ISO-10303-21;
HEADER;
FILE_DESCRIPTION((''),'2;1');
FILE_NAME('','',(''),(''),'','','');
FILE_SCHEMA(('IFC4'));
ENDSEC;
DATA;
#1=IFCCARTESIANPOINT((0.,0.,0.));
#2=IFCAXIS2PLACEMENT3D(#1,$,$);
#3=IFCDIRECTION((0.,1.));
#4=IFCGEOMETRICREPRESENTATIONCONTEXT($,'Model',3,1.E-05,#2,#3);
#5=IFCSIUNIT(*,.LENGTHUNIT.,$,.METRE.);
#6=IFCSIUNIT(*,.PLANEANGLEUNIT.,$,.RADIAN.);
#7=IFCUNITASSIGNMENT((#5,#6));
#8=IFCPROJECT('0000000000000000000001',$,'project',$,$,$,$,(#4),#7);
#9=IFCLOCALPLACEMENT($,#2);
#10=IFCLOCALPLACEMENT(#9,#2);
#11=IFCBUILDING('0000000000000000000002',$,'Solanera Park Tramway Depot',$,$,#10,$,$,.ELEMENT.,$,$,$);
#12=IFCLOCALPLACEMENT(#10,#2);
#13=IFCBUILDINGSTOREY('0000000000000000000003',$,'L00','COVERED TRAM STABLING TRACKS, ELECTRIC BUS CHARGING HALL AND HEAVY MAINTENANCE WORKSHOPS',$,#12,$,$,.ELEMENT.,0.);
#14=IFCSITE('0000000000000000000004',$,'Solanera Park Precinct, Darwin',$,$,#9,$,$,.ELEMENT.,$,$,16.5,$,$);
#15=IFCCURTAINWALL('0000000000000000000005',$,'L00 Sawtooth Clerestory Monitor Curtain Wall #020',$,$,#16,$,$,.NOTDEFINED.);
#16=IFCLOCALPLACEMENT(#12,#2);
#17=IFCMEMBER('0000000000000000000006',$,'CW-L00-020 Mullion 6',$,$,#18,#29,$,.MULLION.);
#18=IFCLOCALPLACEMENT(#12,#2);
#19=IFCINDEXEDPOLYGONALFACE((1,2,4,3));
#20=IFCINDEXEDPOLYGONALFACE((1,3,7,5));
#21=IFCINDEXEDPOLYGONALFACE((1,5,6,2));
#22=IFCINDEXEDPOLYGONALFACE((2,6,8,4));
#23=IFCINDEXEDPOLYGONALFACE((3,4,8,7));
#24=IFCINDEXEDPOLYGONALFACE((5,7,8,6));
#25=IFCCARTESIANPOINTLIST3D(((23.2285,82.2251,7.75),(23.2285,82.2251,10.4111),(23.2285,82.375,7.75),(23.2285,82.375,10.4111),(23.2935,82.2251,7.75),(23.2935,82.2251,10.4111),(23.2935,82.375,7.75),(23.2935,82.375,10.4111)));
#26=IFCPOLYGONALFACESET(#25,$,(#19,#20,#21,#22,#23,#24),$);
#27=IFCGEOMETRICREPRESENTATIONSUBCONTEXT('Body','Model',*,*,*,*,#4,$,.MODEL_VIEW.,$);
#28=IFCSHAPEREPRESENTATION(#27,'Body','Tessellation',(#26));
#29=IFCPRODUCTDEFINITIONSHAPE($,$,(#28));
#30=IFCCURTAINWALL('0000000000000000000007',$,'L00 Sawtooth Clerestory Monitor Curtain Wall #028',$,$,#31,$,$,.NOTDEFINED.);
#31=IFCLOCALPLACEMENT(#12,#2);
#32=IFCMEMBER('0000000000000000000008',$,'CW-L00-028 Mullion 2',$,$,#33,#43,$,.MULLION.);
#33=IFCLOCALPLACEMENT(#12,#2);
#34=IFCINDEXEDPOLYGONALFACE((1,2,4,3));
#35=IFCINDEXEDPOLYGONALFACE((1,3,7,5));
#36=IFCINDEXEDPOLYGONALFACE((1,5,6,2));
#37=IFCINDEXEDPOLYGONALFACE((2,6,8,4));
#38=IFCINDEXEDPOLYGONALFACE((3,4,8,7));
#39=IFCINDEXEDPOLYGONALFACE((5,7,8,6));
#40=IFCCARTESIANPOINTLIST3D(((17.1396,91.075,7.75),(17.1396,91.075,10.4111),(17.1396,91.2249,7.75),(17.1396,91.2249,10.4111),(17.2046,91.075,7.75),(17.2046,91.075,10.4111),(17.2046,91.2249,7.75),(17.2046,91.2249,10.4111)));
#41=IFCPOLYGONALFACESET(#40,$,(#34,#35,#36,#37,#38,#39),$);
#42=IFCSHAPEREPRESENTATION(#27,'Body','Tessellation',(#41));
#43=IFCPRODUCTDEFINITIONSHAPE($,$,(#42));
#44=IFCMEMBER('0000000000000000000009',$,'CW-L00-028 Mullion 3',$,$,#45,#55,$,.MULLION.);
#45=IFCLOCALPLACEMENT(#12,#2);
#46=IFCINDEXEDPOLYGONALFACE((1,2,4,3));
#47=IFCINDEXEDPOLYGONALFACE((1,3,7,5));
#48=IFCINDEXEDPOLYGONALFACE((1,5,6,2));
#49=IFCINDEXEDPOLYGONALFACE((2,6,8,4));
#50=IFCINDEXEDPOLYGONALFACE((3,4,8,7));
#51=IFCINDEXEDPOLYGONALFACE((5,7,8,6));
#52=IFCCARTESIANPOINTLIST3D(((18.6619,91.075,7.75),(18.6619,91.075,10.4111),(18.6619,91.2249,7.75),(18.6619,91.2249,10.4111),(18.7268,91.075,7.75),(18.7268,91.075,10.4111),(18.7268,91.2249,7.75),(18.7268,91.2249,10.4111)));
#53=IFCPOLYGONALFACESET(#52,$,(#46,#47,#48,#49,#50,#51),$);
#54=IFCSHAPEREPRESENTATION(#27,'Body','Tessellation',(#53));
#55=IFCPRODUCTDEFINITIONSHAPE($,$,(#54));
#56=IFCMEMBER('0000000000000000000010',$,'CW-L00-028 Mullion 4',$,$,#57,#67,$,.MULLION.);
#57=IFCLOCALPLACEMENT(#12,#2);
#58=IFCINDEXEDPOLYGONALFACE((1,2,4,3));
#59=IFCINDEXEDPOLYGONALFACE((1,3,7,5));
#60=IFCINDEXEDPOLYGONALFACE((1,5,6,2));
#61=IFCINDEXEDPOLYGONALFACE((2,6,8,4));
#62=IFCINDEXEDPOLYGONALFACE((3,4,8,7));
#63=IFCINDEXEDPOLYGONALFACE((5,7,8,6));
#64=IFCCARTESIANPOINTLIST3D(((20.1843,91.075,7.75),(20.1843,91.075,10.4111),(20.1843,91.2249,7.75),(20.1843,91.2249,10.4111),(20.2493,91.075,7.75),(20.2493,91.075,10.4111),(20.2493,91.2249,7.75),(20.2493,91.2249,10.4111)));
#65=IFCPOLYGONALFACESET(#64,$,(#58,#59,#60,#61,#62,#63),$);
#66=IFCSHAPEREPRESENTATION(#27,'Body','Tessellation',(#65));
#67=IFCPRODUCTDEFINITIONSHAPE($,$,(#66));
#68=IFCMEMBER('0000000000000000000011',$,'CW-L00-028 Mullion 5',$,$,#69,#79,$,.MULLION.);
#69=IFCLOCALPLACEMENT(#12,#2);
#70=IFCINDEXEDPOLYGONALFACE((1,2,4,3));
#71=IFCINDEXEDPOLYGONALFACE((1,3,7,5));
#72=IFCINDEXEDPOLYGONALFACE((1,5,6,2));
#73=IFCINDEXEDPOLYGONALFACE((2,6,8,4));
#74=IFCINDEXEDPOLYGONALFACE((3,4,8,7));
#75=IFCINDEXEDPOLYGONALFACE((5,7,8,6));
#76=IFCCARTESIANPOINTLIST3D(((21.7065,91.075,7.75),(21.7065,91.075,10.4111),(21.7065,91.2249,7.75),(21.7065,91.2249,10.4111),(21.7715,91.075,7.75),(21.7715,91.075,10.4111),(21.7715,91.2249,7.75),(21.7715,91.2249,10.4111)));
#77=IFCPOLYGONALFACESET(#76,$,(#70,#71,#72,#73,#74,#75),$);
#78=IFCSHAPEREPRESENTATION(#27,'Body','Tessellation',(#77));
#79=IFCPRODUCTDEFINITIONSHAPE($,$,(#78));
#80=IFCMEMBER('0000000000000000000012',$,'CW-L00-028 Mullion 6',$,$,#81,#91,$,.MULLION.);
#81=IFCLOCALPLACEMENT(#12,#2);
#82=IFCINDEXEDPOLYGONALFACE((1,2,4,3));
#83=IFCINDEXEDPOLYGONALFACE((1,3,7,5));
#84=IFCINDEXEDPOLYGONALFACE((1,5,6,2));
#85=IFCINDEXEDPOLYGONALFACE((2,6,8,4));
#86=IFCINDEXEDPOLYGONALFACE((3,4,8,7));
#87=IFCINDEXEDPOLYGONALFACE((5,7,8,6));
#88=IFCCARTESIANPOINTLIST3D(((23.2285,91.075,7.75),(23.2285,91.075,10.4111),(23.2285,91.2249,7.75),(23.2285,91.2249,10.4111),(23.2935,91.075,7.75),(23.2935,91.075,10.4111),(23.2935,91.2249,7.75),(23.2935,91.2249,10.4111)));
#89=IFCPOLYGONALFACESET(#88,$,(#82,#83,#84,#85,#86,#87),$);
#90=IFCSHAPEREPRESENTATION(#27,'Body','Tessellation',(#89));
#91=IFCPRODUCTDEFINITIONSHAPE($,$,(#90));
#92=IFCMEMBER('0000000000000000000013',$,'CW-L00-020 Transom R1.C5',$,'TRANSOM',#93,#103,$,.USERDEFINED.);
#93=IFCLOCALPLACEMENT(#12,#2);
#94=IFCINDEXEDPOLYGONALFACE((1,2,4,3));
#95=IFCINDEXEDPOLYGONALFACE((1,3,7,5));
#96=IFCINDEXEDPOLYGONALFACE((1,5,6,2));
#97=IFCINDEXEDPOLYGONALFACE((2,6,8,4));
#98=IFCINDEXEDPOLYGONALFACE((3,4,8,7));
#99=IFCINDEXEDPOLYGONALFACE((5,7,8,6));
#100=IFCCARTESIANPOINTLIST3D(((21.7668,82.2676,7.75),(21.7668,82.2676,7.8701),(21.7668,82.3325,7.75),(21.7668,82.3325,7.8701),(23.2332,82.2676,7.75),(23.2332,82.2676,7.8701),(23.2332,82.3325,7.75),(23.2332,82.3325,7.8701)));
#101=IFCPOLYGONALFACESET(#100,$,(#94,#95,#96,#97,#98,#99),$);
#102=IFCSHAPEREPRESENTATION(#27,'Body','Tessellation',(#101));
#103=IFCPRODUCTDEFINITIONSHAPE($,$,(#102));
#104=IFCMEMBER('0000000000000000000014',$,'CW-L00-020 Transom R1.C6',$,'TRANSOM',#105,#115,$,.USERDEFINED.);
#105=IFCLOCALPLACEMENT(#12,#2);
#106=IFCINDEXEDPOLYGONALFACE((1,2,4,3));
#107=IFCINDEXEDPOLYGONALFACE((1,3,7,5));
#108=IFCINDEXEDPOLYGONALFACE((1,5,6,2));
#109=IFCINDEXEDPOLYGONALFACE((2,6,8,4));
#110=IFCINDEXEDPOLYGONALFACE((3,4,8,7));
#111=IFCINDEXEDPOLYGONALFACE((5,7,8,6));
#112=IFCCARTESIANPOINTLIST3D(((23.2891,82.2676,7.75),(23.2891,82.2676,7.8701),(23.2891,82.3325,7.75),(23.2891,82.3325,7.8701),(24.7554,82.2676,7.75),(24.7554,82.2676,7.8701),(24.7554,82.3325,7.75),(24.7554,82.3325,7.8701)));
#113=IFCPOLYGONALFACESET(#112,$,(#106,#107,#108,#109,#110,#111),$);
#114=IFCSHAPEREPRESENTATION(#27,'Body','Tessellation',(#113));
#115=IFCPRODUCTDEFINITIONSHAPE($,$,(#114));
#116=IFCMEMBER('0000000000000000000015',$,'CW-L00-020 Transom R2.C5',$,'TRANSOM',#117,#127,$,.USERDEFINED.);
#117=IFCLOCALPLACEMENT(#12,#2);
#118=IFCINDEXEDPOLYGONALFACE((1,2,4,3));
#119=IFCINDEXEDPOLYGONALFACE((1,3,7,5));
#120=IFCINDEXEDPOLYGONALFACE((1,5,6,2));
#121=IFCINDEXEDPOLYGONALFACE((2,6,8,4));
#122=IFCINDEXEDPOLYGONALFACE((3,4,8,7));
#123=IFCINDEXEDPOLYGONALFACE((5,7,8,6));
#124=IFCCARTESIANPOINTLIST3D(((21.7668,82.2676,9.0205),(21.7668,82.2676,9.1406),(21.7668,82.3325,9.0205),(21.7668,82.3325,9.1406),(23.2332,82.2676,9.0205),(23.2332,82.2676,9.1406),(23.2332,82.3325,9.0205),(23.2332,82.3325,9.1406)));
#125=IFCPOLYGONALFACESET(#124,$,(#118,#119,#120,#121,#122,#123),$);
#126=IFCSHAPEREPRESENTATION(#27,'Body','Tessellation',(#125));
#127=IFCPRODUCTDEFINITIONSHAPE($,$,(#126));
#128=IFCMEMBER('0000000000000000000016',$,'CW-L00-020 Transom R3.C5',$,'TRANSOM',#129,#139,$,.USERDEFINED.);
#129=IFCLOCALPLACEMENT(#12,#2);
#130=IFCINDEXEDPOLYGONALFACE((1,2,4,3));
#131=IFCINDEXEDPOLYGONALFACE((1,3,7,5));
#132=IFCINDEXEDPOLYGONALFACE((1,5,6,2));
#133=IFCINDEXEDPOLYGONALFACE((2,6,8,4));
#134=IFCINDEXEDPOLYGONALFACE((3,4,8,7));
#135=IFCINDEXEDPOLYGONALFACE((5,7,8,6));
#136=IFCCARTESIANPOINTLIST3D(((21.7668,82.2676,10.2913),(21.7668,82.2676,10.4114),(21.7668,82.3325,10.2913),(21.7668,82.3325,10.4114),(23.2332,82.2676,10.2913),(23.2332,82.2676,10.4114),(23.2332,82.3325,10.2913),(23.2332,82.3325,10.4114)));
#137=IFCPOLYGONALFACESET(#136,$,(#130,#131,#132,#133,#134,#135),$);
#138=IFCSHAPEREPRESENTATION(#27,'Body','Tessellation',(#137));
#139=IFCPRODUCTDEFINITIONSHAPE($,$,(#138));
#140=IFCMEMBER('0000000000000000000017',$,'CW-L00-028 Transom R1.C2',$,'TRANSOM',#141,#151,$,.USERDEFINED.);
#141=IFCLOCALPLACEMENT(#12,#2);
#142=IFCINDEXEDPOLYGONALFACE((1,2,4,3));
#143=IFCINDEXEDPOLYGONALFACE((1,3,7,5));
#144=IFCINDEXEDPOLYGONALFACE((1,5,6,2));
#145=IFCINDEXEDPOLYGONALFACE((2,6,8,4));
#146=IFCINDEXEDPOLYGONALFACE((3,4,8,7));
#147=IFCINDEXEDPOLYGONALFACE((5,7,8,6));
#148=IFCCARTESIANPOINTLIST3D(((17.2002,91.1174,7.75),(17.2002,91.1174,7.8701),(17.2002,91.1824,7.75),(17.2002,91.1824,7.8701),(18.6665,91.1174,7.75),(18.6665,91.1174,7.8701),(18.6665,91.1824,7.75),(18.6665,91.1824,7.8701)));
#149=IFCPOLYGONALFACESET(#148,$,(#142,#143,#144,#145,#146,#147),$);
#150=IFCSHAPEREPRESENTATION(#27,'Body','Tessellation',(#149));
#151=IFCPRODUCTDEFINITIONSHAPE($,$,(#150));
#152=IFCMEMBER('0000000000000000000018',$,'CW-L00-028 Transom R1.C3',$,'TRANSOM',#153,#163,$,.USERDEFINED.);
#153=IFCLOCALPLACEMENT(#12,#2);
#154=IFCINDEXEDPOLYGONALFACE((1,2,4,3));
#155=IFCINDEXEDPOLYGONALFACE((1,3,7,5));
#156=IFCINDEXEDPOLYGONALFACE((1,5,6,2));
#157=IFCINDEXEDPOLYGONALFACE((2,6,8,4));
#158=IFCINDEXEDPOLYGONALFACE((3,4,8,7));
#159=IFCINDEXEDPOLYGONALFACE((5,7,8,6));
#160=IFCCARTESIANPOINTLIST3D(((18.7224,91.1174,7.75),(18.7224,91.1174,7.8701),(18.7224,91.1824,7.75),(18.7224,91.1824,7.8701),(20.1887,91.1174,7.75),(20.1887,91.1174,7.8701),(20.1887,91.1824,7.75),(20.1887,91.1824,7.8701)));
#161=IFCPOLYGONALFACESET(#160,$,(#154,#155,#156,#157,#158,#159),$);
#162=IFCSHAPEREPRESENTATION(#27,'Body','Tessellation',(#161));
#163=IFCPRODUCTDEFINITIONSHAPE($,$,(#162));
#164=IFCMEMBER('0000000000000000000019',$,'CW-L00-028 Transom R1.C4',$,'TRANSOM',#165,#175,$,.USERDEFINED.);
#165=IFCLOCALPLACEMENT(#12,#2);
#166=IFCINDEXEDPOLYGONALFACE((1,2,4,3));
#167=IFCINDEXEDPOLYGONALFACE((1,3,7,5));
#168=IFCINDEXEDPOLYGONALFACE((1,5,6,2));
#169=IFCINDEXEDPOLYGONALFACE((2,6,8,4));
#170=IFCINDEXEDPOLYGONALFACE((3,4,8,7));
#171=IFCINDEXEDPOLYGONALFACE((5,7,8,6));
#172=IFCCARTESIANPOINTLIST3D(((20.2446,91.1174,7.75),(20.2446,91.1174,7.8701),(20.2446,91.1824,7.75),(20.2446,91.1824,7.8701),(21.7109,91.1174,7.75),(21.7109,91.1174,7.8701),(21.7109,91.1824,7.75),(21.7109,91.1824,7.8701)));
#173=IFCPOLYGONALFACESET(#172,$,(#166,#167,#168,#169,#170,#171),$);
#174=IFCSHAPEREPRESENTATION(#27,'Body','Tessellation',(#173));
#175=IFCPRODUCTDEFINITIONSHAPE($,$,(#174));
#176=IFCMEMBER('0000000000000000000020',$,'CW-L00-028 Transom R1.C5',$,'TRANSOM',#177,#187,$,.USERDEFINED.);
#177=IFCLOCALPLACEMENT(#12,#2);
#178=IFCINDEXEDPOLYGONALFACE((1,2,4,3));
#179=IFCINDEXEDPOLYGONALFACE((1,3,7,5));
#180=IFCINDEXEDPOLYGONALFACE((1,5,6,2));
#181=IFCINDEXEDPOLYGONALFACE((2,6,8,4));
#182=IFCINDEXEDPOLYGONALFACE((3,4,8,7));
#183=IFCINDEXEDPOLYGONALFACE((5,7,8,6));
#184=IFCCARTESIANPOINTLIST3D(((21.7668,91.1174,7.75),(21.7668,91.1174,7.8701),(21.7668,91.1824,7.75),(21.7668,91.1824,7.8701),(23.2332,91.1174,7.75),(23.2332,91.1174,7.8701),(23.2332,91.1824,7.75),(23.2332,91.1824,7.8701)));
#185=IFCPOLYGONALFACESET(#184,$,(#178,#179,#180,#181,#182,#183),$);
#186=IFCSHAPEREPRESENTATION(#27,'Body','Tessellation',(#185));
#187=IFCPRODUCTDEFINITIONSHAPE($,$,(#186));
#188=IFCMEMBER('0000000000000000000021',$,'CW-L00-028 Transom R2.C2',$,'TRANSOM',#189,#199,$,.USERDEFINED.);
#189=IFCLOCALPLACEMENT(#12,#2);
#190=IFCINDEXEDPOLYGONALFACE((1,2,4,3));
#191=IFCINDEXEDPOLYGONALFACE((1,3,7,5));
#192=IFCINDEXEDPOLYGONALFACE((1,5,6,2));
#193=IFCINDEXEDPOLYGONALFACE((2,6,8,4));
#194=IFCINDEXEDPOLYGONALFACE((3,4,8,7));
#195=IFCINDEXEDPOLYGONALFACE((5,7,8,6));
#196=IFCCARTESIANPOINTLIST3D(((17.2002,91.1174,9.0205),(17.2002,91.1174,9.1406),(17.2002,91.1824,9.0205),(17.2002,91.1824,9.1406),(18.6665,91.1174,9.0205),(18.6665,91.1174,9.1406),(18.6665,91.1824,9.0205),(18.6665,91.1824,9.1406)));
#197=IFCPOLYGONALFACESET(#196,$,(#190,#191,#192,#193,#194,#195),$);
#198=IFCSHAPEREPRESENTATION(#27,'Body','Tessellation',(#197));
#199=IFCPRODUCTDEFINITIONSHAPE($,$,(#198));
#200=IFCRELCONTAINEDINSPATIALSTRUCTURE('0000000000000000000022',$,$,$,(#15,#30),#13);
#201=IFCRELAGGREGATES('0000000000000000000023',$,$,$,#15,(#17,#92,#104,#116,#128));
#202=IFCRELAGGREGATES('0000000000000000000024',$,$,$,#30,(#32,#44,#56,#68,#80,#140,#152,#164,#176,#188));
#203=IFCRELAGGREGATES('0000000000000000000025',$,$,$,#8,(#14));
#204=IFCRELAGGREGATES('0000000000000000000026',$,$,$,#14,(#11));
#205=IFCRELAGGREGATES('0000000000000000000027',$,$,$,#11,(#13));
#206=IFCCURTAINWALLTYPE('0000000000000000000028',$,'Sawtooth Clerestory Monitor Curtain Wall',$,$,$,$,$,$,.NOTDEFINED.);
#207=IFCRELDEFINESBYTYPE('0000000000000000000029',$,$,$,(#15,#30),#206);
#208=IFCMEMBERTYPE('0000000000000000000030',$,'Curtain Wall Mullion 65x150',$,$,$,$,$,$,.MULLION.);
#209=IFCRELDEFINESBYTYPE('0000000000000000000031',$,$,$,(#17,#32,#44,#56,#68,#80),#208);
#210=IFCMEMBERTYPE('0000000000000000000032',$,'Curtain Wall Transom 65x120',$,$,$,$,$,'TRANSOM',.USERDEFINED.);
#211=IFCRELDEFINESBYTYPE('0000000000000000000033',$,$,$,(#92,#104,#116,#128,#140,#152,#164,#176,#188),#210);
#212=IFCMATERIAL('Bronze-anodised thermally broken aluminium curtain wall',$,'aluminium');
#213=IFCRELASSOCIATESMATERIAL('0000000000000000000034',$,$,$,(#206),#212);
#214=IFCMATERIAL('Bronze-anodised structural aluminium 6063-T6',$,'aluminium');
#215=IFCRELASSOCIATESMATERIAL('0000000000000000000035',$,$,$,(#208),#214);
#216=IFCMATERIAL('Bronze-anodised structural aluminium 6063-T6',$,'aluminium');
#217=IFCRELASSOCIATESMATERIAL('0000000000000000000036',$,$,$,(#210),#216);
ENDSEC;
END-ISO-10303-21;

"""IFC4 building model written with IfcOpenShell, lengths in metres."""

from ifc_helpers import new_model, si_unit, direction, frame, origin, origin_2d, place, context, subcontext, project, spatial, rectangle, extrude, material, material_profile, profile_set, type_object, element, aggregate, save


model = new_model("IFC4")

# Units and contexts
model_context = context("Model", 3, precision=1e-05, world=origin(), true_north=direction((0.0, 1.0)))
body_context = subcontext(model_context, "Body", "Model", "MODEL_VIEW")
ifc_project = project(units=[si_unit("LENGTHUNIT", "METRE"), si_unit("PLANEANGLEUNIT", "RADIAN")], contexts=[model_context])

# Site, building, storey
site_placement = place(None, origin())
site = spatial("IfcSite", under=ifc_project, at=site_placement, Name="Solanera Park Precinct, Darwin", CompositionType="ELEMENT", RefElevation=16.5)
building_placement = place(site_placement, origin())
building = spatial("IfcBuilding", under=site, at=building_placement, Name="Solanera Park Tramway Depot", CompositionType="ELEMENT")
storey_placement = place(building_placement, origin())
storey = spatial("IfcBuildingStorey", under=building, at=storey_placement, Name="L00", Description="COVERED TRAM STABLING TRACKS, ELECTRIC BUS CHARGING HALL AND HEAVY MAINTENANCE WORKSHOPS", CompositionType="ELEMENT", Elevation=0.0)

# Curtain wall, member
ifc_material_1 = material(Name="Bronze-anodised thermally broken aluminium curtain wall", Category="aluminium")
curtain_wall_type = type_object("IfcCurtainWallType", Name="Sawtooth Clerestory Monitor Curtain Wall", PredefinedType="NOTDEFINED", material=ifc_material_1)
curtain_wall_1_placement = place(storey_placement, origin())
curtain_wall_1 = element("IfcCurtainWall", 1, at=curtain_wall_1_placement, inside=storey, type_object=curtain_wall_type, Name="L00 Sawtooth Clerestory Monitor Curtain Wall #020", PredefinedType="NOTDEFINED")
ifc_material_2 = material(Name="Bronze-anodised structural aluminium 6063-T6", Category="aluminium")
ifc_material_profile_1 = material_profile(ifc_material_2, rectangle(XDim=0.0649, YDim=0.1499, at=origin_2d()), Name="Curtain Wall Mullion 65x150")
ifc_profile_set_1 = profile_set([ifc_material_profile_1], Name="Bronze-anodised structural aluminium 6063-T6")
member_type_1 = type_object("IfcMemberType", Name="Curtain Wall Mullion 65x150", PredefinedType="MULLION", material=ifc_profile_set_1)
member_1_placement = place(storey_placement, frame((23.261, 82.3, 7.75), z_axis=(0.0, 0.0, 1.0), x_axis=(1.0, 0.0, 0.0)))
member_1 = element("IfcMember", 2, at=member_1_placement, type_object=member_type_1, Name="CW-L00-020 Mullion 6", PredefinedType="MULLION", context=body_context, shape_type="SweptSolid", body=[
    extrude(rectangle(XDim=0.0649, YDim=0.1499, at=origin_2d()), origin(), (0.0, 0.0, 1.0), 2.6611),
])

# Curtain wall, members
curtain_wall_2_placement = place(storey_placement, origin())
curtain_wall_2 = element("IfcCurtainWall", 3, at=curtain_wall_2_placement, inside=storey, type_object=curtain_wall_type, Name="L00 Sawtooth Clerestory Monitor Curtain Wall #028", PredefinedType="NOTDEFINED")
member_2_placement = place(storey_placement, frame((17.1721, 91.1499, 7.75), z_axis=(0.0, 0.0, 1.0), x_axis=(1.0, 0.0, 0.0)))
member_2 = element("IfcMember", 4, at=member_2_placement, type_object=member_type_1, Name="CW-L00-028 Mullion 2", PredefinedType="MULLION", context=body_context, shape_type="SweptSolid", body=[
    extrude(rectangle(XDim=0.0649, YDim=0.1499, at=origin_2d()), origin(), (0.0, 0.0, 1.0), 2.6611),
])
member_3_placement = place(storey_placement, frame((18.6943, 91.1499, 7.75), z_axis=(0.0, 0.0, 1.0), x_axis=(1.0, 0.0, 0.0)))
member_3 = element("IfcMember", 5, at=member_3_placement, type_object=member_type_1, Name="CW-L00-028 Mullion 3", PredefinedType="MULLION", context=body_context, shape_type="SweptSolid", body=[
    extrude(rectangle(XDim=0.0649, YDim=0.1499, at=origin_2d()), origin(), (0.0, 0.0, 1.0), 2.6611),
])
member_4_placement = place(storey_placement, frame((20.2168, 91.1499, 7.75), z_axis=(0.0, 0.0, 1.0), x_axis=(1.0, 0.0, 0.0)))
member_4 = element("IfcMember", 6, at=member_4_placement, type_object=member_type_1, Name="CW-L00-028 Mullion 4", PredefinedType="MULLION", context=body_context, shape_type="SweptSolid", body=[
    extrude(rectangle(XDim=0.0649, YDim=0.1499, at=origin_2d()), origin(), (0.0, 0.0, 1.0), 2.6611),
])
member_5_placement = place(storey_placement, frame((21.739, 91.1499, 7.75), z_axis=(0.0, 0.0, 1.0), x_axis=(1.0, 0.0, 0.0)))
member_5 = element("IfcMember", 7, at=member_5_placement, type_object=member_type_1, Name="CW-L00-028 Mullion 5", PredefinedType="MULLION", context=body_context, shape_type="SweptSolid", body=[
    extrude(rectangle(XDim=0.0649, YDim=0.1499, at=origin_2d()), origin(), (0.0, 0.0, 1.0), 2.6611),
])
member_6_placement = place(storey_placement, frame((23.261, 91.1499, 7.75), z_axis=(0.0, 0.0, 1.0), x_axis=(1.0, 0.0, 0.0)))
member_6 = element("IfcMember", 8, at=member_6_placement, type_object=member_type_1, Name="CW-L00-028 Mullion 6", PredefinedType="MULLION", context=body_context, shape_type="SweptSolid", body=[
    extrude(rectangle(XDim=0.0649, YDim=0.1499, at=origin_2d()), origin(), (0.0, 0.0, 1.0), 2.6611),
])

# Members
ifc_material_3 = material(Name="Bronze-anodised structural aluminium 6063-T6", Category="aluminium")
ifc_material_profile_2 = material_profile(ifc_material_3, rectangle(XDim=0.0649, YDim=0.1201, at=origin_2d()), Name="Curtain Wall Transom 65x120")
ifc_profile_set_2 = profile_set([ifc_material_profile_2], Name="Bronze-anodised structural aluminium 6063-T6")
member_type_2 = type_object("IfcMemberType", Name="Curtain Wall Transom 65x120", ElementType="TRANSOM", PredefinedType="USERDEFINED", material=ifc_profile_set_2)
member_7_placement = place(storey_placement, frame((21.7668, 82.3, 7.8101), z_axis=(1.0, 0.0, 0.0), x_axis=(0.0, 1.0, 0.0)))
member_7 = element("IfcMember", 9, at=member_7_placement, type_object=member_type_2, Name="CW-L00-020 Transom R1.C5", ObjectType="TRANSOM", PredefinedType="USERDEFINED", context=body_context, shape_type="SweptSolid", body=[
    extrude(rectangle(XDim=0.0649, YDim=0.1201, at=origin_2d()), origin(), (0.0, 0.0, 1.0), 1.4663),
])
member_8_placement = place(storey_placement, frame((23.2891, 82.3, 7.8101), z_axis=(1.0, 0.0, 0.0), x_axis=(0.0, 1.0, 0.0)))
member_8 = element("IfcMember", 10, at=member_8_placement, type_object=member_type_2, Name="CW-L00-020 Transom R1.C6", ObjectType="TRANSOM", PredefinedType="USERDEFINED", context=body_context, shape_type="SweptSolid", body=[
    extrude(rectangle(XDim=0.0649, YDim=0.1201, at=origin_2d()), origin(), (0.0, 0.0, 1.0), 1.4663),
])
member_9_placement = place(storey_placement, frame((21.7668, 82.3, 9.0806), z_axis=(1.0, 0.0, 0.0), x_axis=(0.0, 1.0, 0.0)))
member_9 = element("IfcMember", 11, at=member_9_placement, type_object=member_type_2, Name="CW-L00-020 Transom R2.C5", ObjectType="TRANSOM", PredefinedType="USERDEFINED", context=body_context, shape_type="SweptSolid", body=[
    extrude(rectangle(XDim=0.0649, YDim=0.1201, at=origin_2d()), origin(), (0.0, 0.0, 1.0), 1.4663),
])
member_10_placement = place(storey_placement, frame((21.7668, 82.3, 10.3513), z_axis=(1.0, 0.0, 0.0), x_axis=(0.0, 1.0, 0.0)))
member_10 = element("IfcMember", 12, at=member_10_placement, type_object=member_type_2, Name="CW-L00-020 Transom R3.C5", ObjectType="TRANSOM", PredefinedType="USERDEFINED", context=body_context, shape_type="SweptSolid", body=[
    extrude(rectangle(XDim=0.0649, YDim=0.1201, at=origin_2d()), origin(), (0.0, 0.0, 1.0), 1.4663),
])
member_11_placement = place(storey_placement, frame((17.2002, 91.1499, 7.8101), z_axis=(1.0, 0.0, 0.0), x_axis=(0.0, 1.0, 0.0)))
member_11 = element("IfcMember", 13, at=member_11_placement, type_object=member_type_2, Name="CW-L00-028 Transom R1.C2", ObjectType="TRANSOM", PredefinedType="USERDEFINED", context=body_context, shape_type="SweptSolid", body=[
    extrude(rectangle(XDim=0.0649, YDim=0.1201, at=origin_2d()), origin(), (0.0, 0.0, 1.0), 1.4663),
])
member_12_placement = place(storey_placement, frame((18.7224, 91.1499, 7.8101), z_axis=(1.0, 0.0, 0.0), x_axis=(0.0, 1.0, 0.0)))
member_12 = element("IfcMember", 14, at=member_12_placement, type_object=member_type_2, Name="CW-L00-028 Transom R1.C3", ObjectType="TRANSOM", PredefinedType="USERDEFINED", context=body_context, shape_type="SweptSolid", body=[
    extrude(rectangle(XDim=0.0649, YDim=0.1201, at=origin_2d()), origin(), (0.0, 0.0, 1.0), 1.4663),
])
member_13_placement = place(storey_placement, frame((20.2446, 91.1499, 7.8101), z_axis=(1.0, 0.0, 0.0), x_axis=(0.0, 1.0, 0.0)))
member_13 = element("IfcMember", 15, at=member_13_placement, type_object=member_type_2, Name="CW-L00-028 Transom R1.C4", ObjectType="TRANSOM", PredefinedType="USERDEFINED", context=body_context, shape_type="SweptSolid", body=[
    extrude(rectangle(XDim=0.0649, YDim=0.1201, at=origin_2d()), origin(), (0.0, 0.0, 1.0), 1.4663),
])
member_14_placement = place(storey_placement, frame((21.7668, 91.1499, 7.8101), z_axis=(1.0, 0.0, 0.0), x_axis=(0.0, 1.0, 0.0)))
member_14 = element("IfcMember", 16, at=member_14_placement, type_object=member_type_2, Name="CW-L00-028 Transom R1.C5", ObjectType="TRANSOM", PredefinedType="USERDEFINED", context=body_context, shape_type="SweptSolid", body=[
    extrude(rectangle(XDim=0.0649, YDim=0.1201, at=origin_2d()), origin(), (0.0, 0.0, 1.0), 1.4663),
])
member_15_placement = place(storey_placement, frame((17.2002, 91.1499, 9.0806), z_axis=(1.0, 0.0, 0.0), x_axis=(0.0, 1.0, 0.0)))
member_15 = element("IfcMember", 17, at=member_15_placement, type_object=member_type_2, Name="CW-L00-028 Transom R2.C2", ObjectType="TRANSOM", PredefinedType="USERDEFINED", context=body_context, shape_type="SweptSolid", body=[
    extrude(rectangle(XDim=0.0649, YDim=0.1201, at=origin_2d()), origin(), (0.0, 0.0, 1.0), 1.4663),
])

aggregate(curtain_wall_1, [member_1, member_7, member_8, member_9, member_10])
aggregate(curtain_wall_2, [member_2, member_3, member_4, member_5, member_6, member_11, member_12, member_13, member_14, member_15])

save(model, "model.ifc")
